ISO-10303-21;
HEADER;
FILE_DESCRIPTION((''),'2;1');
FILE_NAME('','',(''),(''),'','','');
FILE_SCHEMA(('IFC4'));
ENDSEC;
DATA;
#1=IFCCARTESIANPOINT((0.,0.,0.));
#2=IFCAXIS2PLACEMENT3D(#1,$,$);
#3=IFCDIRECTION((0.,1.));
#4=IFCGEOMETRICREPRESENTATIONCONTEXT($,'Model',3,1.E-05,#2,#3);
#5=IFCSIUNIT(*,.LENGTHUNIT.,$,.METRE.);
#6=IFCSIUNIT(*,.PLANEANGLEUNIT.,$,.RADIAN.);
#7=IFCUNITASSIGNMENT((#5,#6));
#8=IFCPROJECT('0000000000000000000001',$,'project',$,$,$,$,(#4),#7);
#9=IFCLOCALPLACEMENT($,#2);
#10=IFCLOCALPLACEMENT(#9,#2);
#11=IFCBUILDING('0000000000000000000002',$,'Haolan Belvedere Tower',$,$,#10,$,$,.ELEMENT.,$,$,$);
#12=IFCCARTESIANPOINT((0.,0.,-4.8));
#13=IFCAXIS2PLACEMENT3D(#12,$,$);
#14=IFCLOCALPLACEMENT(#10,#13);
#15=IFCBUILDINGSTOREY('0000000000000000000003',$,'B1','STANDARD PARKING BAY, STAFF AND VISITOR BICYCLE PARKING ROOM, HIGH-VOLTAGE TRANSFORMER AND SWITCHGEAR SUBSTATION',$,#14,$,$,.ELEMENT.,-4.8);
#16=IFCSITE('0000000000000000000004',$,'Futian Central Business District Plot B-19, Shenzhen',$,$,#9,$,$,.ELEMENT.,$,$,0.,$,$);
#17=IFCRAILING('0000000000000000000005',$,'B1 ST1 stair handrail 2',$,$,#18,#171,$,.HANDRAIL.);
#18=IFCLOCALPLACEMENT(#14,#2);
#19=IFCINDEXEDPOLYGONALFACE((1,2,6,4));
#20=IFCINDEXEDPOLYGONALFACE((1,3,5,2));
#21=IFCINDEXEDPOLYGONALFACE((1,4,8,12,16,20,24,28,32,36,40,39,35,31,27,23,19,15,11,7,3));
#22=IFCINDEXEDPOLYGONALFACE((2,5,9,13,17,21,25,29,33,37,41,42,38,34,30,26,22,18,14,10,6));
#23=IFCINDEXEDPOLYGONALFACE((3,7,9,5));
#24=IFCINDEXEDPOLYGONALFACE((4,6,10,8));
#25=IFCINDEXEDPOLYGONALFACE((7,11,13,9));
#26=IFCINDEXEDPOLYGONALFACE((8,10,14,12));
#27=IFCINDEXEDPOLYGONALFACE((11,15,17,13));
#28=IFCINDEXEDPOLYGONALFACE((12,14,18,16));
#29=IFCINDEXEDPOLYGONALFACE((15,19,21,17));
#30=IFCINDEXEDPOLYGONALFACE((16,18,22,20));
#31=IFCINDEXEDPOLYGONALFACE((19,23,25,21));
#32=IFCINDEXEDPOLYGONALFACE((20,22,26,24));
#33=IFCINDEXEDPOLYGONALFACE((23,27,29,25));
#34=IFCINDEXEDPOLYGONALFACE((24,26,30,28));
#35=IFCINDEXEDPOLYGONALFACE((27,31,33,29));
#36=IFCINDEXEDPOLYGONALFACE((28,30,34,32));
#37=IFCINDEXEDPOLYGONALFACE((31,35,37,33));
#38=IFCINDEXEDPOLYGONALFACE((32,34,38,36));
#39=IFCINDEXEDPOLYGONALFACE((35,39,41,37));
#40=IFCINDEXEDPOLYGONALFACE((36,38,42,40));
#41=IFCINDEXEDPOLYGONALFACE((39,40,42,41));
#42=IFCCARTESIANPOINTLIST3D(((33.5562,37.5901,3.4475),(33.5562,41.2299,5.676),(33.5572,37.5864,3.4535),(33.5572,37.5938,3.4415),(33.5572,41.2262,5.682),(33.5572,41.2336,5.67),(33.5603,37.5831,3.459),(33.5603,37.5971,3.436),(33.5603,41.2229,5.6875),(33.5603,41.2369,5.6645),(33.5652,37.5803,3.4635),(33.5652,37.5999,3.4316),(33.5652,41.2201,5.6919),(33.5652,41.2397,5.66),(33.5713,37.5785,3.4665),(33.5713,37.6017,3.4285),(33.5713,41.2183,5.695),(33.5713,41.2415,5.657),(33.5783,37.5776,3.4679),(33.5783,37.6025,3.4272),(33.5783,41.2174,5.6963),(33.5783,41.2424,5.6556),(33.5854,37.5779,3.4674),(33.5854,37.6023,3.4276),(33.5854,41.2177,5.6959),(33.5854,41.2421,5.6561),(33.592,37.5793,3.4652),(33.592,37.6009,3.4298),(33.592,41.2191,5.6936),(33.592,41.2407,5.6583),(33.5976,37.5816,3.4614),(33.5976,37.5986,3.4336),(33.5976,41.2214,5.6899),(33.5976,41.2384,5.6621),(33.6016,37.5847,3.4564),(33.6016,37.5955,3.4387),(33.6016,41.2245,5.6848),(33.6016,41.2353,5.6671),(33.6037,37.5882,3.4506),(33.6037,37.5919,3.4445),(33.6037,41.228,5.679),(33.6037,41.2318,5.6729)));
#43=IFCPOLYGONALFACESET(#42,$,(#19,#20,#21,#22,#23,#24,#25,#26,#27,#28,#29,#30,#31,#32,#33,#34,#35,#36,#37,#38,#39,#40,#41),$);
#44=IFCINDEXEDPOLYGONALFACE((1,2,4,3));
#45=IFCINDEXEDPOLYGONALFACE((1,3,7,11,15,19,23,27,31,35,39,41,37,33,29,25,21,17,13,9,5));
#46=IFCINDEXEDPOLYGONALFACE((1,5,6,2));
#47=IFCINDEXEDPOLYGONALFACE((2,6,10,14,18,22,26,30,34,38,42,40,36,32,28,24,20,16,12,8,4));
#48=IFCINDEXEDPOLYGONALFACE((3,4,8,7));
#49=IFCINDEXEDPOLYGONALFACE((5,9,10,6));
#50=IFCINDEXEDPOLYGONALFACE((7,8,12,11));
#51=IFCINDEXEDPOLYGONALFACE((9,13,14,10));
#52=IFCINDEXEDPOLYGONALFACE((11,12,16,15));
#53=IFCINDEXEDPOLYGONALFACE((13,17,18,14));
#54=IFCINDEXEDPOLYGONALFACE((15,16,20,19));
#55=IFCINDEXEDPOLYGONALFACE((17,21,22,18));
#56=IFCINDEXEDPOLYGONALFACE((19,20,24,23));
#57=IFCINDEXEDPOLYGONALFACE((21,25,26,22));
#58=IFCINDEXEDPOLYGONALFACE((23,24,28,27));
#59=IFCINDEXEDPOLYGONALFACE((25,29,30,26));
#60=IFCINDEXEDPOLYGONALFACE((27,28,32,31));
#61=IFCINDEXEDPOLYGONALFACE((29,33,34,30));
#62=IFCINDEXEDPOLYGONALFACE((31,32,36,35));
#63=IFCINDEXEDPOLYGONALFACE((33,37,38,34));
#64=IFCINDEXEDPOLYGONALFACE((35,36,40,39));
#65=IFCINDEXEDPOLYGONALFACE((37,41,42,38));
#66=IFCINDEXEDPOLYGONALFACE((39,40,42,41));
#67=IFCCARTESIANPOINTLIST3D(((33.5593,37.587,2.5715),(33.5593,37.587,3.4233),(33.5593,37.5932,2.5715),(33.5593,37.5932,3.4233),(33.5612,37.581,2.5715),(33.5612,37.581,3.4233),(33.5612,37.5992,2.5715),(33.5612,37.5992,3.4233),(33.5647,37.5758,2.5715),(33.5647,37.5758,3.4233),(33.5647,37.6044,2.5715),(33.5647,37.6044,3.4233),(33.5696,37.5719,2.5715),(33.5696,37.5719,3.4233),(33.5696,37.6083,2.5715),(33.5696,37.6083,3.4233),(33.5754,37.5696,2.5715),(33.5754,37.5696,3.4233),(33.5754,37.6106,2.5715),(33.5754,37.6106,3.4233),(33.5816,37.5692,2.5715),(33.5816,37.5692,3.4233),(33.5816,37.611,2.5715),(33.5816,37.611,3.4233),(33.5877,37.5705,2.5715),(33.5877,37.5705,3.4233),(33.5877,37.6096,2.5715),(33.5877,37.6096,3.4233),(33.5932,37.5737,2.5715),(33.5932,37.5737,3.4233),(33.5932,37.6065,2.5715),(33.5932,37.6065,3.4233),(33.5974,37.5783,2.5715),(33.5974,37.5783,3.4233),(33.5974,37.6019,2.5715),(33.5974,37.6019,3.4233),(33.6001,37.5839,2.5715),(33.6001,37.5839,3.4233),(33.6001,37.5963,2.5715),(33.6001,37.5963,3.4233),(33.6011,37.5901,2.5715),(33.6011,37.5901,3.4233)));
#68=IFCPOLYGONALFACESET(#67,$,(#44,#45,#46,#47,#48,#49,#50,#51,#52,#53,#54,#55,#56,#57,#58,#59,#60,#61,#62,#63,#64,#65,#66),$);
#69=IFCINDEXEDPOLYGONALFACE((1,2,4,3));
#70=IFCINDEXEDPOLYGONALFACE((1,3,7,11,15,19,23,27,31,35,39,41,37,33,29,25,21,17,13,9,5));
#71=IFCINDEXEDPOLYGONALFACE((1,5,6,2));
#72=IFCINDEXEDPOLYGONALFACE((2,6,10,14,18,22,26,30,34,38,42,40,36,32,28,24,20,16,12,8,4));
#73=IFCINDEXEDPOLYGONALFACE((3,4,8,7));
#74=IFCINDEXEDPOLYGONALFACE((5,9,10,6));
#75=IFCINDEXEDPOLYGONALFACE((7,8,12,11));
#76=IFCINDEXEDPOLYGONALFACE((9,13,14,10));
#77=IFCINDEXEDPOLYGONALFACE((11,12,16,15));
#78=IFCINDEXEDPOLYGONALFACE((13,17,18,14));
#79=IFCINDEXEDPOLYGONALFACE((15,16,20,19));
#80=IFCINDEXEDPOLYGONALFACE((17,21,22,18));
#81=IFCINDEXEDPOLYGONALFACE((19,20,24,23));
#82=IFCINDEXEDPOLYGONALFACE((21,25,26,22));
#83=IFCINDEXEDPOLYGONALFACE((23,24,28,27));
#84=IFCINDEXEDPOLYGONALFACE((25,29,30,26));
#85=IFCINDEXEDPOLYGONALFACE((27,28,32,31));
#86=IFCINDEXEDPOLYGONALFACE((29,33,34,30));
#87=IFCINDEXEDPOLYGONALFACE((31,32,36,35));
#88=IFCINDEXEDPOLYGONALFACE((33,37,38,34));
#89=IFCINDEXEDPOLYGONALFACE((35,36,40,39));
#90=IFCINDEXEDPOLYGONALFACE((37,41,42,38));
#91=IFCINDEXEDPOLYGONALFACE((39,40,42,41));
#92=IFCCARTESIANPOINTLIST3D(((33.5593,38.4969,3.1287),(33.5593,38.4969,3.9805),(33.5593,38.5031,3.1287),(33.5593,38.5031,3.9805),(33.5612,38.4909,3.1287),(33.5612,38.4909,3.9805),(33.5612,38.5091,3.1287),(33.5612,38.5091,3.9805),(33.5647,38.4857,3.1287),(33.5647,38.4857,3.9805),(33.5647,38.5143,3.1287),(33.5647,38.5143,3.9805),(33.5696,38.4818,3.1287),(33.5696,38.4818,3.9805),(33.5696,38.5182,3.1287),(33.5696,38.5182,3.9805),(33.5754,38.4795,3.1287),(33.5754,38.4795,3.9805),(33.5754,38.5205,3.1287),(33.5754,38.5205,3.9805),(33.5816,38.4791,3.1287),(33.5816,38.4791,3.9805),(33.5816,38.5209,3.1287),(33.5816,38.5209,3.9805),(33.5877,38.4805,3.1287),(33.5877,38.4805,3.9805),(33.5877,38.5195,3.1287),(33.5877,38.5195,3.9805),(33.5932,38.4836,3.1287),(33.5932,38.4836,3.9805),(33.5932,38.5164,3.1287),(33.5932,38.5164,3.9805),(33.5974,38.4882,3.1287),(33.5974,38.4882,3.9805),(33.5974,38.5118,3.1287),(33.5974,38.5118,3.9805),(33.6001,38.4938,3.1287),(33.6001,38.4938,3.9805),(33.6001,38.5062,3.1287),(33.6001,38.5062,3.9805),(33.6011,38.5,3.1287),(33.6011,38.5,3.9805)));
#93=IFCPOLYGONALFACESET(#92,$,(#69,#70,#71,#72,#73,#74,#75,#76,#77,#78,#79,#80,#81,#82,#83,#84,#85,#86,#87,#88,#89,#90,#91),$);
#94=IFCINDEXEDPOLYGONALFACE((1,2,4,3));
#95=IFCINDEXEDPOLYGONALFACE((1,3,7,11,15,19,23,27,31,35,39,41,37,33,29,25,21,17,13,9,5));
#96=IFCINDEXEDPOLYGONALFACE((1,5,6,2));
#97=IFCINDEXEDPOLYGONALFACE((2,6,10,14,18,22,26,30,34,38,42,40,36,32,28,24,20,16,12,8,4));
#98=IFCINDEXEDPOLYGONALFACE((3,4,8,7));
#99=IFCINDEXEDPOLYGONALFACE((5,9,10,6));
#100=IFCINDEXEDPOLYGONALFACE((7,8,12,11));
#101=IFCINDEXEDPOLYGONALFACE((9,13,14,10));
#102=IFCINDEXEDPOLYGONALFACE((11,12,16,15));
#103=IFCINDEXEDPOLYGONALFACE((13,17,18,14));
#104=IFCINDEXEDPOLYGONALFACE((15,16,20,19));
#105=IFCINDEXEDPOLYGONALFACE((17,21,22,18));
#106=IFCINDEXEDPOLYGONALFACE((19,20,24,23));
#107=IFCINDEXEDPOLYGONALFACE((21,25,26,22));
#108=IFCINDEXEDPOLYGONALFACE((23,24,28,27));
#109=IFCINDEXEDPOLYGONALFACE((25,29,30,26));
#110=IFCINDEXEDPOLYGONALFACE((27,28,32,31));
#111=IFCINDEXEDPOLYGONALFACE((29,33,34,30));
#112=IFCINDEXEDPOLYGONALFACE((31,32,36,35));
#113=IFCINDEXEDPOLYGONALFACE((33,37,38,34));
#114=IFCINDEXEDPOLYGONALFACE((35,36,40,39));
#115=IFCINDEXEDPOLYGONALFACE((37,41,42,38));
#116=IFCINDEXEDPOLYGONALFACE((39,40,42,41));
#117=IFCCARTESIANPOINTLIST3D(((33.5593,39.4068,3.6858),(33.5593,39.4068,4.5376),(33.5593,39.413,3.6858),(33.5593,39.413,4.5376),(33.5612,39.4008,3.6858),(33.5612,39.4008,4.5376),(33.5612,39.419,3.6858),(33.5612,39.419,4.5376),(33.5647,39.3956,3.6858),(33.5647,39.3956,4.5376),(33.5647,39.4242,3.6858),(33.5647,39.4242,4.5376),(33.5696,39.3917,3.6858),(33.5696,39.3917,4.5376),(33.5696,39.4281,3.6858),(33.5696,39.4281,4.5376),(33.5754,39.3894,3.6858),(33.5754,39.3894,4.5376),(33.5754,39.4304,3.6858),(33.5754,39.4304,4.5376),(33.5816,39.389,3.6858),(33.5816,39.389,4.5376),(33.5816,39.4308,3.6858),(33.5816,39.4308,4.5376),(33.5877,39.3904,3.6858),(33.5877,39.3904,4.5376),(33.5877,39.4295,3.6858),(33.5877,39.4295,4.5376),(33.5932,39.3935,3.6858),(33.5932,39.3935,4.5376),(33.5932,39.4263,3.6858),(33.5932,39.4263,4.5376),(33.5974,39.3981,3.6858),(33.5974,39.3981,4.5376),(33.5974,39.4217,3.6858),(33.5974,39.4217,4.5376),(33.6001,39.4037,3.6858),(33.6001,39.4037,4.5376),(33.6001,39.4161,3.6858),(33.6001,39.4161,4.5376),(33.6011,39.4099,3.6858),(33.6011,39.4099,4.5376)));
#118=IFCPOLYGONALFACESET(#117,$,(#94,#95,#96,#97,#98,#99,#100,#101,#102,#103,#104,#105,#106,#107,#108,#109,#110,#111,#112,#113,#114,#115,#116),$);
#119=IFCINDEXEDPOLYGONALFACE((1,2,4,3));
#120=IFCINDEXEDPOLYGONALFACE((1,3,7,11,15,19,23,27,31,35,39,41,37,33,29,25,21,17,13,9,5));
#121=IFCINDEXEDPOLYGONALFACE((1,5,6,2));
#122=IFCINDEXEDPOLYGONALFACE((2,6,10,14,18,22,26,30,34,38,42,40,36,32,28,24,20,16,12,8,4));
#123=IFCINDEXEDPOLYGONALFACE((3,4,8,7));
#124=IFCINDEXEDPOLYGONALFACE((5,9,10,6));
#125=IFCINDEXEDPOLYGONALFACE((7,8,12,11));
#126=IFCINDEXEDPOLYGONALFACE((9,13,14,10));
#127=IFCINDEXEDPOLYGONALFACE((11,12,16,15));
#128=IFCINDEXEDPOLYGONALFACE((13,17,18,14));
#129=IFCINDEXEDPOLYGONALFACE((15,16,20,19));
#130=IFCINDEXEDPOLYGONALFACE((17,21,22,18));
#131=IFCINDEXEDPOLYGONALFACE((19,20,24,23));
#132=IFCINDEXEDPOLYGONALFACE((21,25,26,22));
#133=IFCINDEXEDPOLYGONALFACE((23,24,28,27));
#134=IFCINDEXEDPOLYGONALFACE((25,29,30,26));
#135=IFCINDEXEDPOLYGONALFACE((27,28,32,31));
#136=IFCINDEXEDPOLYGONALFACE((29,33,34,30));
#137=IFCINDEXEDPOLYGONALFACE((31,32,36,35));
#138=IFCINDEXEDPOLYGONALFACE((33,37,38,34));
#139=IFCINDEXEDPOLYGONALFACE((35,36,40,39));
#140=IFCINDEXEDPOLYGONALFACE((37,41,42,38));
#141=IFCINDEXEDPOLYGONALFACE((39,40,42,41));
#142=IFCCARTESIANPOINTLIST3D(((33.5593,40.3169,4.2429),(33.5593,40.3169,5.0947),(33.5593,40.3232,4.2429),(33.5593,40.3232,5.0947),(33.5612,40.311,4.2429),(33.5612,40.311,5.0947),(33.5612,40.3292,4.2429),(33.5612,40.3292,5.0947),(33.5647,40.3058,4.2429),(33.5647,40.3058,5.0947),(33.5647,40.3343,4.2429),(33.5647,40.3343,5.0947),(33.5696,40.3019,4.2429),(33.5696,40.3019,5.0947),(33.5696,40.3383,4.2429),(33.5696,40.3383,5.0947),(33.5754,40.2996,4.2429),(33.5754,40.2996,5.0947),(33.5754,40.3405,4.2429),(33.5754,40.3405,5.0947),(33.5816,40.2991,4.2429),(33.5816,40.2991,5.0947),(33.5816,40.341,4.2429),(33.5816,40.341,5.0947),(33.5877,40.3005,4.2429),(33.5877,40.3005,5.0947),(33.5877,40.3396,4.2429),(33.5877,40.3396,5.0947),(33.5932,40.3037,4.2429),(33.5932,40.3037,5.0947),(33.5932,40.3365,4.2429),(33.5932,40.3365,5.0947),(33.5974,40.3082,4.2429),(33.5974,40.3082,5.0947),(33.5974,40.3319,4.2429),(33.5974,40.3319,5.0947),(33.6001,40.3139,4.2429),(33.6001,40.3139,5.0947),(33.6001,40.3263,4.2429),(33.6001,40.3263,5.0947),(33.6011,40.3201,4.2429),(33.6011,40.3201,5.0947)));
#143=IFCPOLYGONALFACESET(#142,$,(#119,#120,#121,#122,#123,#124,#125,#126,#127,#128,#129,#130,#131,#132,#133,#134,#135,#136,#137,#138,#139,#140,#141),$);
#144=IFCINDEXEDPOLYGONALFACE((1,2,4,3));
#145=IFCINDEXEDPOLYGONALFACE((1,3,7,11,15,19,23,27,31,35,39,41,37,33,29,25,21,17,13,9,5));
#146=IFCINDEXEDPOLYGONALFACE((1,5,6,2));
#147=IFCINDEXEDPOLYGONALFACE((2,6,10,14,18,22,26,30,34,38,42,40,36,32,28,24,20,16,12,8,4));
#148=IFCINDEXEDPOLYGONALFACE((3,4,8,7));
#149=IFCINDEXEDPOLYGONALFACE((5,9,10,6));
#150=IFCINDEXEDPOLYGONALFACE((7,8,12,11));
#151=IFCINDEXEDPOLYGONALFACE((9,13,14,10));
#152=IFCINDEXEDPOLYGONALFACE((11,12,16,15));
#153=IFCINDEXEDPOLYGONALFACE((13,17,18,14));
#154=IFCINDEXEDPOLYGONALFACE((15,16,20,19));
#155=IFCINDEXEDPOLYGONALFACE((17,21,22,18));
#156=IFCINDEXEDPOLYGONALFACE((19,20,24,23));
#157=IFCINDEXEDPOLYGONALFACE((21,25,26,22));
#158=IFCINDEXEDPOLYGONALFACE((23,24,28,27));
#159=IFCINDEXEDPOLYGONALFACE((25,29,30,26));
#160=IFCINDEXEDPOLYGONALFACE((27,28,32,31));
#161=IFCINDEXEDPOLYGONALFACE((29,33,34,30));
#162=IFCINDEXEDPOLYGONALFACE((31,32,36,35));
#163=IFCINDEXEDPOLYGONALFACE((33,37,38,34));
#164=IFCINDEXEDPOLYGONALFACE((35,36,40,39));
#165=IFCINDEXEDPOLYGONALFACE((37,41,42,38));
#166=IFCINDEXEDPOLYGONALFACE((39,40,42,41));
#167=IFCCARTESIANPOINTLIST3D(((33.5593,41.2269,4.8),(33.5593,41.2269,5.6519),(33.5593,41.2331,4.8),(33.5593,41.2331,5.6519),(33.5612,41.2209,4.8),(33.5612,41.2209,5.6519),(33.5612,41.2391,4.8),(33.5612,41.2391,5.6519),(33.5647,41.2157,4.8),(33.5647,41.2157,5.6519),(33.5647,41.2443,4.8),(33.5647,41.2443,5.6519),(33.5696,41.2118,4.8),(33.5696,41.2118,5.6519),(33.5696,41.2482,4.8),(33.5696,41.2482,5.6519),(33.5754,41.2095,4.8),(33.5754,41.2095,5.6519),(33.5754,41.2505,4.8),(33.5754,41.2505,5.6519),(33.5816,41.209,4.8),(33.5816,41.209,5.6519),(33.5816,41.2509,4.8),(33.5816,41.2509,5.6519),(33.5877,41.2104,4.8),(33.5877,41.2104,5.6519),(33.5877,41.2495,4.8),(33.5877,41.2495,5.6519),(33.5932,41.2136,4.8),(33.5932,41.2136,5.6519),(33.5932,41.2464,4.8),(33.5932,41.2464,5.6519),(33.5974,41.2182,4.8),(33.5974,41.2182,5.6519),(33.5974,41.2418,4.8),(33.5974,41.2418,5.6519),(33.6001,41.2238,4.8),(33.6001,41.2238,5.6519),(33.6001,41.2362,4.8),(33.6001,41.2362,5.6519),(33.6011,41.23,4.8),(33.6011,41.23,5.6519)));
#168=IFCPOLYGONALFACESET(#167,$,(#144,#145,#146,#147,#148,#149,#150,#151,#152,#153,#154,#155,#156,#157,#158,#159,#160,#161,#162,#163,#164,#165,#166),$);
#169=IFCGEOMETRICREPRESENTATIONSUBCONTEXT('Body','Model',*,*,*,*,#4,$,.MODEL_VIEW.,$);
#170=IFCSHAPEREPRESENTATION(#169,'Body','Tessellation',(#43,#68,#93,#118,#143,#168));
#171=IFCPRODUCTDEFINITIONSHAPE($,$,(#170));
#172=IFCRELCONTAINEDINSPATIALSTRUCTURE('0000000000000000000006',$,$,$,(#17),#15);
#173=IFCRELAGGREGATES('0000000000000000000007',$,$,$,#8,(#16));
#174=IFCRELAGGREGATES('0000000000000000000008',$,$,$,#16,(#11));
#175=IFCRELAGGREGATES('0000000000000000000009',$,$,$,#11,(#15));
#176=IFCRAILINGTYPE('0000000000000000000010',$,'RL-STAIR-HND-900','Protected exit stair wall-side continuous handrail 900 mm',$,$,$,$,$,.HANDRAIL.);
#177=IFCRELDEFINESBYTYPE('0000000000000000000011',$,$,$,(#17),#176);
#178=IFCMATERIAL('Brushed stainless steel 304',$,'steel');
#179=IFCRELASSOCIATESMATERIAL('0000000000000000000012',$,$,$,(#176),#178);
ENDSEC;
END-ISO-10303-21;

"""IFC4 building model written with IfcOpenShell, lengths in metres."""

from ifc_helpers import new_model, si_unit, direction, frame, origin, origin_2d, place, context, subcontext, project, spatial, circle, extrude, material, type_object, element, save


model = new_model("IFC4")

# Units and contexts
model_context = context("Model", 3, precision=1e-05, world=origin(), true_north=direction((0.0, 1.0)))
body_context = subcontext(model_context, "Body", "Model", "MODEL_VIEW")
ifc_project = project(units=[si_unit("LENGTHUNIT", "METRE"), si_unit("PLANEANGLEUNIT", "RADIAN")], contexts=[model_context])

# Site, building, storey
site_placement = place(None, origin())
site = spatial("IfcSite", under=ifc_project, at=site_placement, Name="Futian Central Business District Plot B-19, Shenzhen", CompositionType="ELEMENT", RefElevation=0.0)
building_placement = place(site_placement, origin())
building = spatial("IfcBuilding", under=site, at=building_placement, Name="Haolan Belvedere Tower", CompositionType="ELEMENT")
storey_placement = place(building_placement, frame((0.0, 0.0, -4.8)))
storey = spatial("IfcBuildingStorey", under=building, at=storey_placement, Name="B1", Description="STANDARD PARKING BAY, STAFF AND VISITOR BICYCLE PARKING ROOM, HIGH-VOLTAGE TRANSFORMER AND SWITCHGEAR SUBSTATION", CompositionType="ELEMENT", Elevation=-4.8)

# Railing
ifc_material_1 = material(Name="Brushed stainless steel 304", Category="steel")
railing_type_1 = type_object("IfcRailingType", Name="RL-STAIR-HND-900", Description="Protected exit stair wall-side continuous handrail 900 mm", PredefinedType="HANDRAIL", material=ifc_material_1)
railing_1_placement = place(storey_placement, frame((33.5801, 37.5901, 2.5715)))
element("IfcRailing", 1, at=railing_1_placement, inside=storey, type_object=railing_type_1, Name="B1 ST1 stair handrail 2", PredefinedType="HANDRAIL", context=body_context, shape_type="SweptSolid", body=[
    extrude(circle(Radius=0.0239, at=origin_2d()), frame((0.0, 0.0, 0.876), z_axis=(0.0, 0.85285, 0.522156), x_axis=(-1.0, 0.0, 0.0)), (0.0, 0.0, 1.0), 4.2678),
    extrude(circle(Radius=0.021, at=origin_2d()), origin(), (0.0, 0.0, 1.0), 0.8518),
    extrude(circle(Radius=0.021, at=origin_2d()), frame((0.0, 0.9099, 0.5571)), (0.0, 0.0, 1.0), 0.8518),
    extrude(circle(Radius=0.021, at=origin_2d()), frame((0.0, 1.8198, 1.1143)), (0.0, 0.0, 1.0), 0.8518),
    extrude(circle(Radius=0.021, at=origin_2d()), frame((0.0, 2.73, 1.6714)), (0.0, 0.0, 1.0), 0.8518),
    extrude(circle(Radius=0.021, at=origin_2d()), frame((0.0, 3.6399, 2.2285)), (0.0, 0.0, 1.0), 0.8518),
])

save(model, "model.ifc")
